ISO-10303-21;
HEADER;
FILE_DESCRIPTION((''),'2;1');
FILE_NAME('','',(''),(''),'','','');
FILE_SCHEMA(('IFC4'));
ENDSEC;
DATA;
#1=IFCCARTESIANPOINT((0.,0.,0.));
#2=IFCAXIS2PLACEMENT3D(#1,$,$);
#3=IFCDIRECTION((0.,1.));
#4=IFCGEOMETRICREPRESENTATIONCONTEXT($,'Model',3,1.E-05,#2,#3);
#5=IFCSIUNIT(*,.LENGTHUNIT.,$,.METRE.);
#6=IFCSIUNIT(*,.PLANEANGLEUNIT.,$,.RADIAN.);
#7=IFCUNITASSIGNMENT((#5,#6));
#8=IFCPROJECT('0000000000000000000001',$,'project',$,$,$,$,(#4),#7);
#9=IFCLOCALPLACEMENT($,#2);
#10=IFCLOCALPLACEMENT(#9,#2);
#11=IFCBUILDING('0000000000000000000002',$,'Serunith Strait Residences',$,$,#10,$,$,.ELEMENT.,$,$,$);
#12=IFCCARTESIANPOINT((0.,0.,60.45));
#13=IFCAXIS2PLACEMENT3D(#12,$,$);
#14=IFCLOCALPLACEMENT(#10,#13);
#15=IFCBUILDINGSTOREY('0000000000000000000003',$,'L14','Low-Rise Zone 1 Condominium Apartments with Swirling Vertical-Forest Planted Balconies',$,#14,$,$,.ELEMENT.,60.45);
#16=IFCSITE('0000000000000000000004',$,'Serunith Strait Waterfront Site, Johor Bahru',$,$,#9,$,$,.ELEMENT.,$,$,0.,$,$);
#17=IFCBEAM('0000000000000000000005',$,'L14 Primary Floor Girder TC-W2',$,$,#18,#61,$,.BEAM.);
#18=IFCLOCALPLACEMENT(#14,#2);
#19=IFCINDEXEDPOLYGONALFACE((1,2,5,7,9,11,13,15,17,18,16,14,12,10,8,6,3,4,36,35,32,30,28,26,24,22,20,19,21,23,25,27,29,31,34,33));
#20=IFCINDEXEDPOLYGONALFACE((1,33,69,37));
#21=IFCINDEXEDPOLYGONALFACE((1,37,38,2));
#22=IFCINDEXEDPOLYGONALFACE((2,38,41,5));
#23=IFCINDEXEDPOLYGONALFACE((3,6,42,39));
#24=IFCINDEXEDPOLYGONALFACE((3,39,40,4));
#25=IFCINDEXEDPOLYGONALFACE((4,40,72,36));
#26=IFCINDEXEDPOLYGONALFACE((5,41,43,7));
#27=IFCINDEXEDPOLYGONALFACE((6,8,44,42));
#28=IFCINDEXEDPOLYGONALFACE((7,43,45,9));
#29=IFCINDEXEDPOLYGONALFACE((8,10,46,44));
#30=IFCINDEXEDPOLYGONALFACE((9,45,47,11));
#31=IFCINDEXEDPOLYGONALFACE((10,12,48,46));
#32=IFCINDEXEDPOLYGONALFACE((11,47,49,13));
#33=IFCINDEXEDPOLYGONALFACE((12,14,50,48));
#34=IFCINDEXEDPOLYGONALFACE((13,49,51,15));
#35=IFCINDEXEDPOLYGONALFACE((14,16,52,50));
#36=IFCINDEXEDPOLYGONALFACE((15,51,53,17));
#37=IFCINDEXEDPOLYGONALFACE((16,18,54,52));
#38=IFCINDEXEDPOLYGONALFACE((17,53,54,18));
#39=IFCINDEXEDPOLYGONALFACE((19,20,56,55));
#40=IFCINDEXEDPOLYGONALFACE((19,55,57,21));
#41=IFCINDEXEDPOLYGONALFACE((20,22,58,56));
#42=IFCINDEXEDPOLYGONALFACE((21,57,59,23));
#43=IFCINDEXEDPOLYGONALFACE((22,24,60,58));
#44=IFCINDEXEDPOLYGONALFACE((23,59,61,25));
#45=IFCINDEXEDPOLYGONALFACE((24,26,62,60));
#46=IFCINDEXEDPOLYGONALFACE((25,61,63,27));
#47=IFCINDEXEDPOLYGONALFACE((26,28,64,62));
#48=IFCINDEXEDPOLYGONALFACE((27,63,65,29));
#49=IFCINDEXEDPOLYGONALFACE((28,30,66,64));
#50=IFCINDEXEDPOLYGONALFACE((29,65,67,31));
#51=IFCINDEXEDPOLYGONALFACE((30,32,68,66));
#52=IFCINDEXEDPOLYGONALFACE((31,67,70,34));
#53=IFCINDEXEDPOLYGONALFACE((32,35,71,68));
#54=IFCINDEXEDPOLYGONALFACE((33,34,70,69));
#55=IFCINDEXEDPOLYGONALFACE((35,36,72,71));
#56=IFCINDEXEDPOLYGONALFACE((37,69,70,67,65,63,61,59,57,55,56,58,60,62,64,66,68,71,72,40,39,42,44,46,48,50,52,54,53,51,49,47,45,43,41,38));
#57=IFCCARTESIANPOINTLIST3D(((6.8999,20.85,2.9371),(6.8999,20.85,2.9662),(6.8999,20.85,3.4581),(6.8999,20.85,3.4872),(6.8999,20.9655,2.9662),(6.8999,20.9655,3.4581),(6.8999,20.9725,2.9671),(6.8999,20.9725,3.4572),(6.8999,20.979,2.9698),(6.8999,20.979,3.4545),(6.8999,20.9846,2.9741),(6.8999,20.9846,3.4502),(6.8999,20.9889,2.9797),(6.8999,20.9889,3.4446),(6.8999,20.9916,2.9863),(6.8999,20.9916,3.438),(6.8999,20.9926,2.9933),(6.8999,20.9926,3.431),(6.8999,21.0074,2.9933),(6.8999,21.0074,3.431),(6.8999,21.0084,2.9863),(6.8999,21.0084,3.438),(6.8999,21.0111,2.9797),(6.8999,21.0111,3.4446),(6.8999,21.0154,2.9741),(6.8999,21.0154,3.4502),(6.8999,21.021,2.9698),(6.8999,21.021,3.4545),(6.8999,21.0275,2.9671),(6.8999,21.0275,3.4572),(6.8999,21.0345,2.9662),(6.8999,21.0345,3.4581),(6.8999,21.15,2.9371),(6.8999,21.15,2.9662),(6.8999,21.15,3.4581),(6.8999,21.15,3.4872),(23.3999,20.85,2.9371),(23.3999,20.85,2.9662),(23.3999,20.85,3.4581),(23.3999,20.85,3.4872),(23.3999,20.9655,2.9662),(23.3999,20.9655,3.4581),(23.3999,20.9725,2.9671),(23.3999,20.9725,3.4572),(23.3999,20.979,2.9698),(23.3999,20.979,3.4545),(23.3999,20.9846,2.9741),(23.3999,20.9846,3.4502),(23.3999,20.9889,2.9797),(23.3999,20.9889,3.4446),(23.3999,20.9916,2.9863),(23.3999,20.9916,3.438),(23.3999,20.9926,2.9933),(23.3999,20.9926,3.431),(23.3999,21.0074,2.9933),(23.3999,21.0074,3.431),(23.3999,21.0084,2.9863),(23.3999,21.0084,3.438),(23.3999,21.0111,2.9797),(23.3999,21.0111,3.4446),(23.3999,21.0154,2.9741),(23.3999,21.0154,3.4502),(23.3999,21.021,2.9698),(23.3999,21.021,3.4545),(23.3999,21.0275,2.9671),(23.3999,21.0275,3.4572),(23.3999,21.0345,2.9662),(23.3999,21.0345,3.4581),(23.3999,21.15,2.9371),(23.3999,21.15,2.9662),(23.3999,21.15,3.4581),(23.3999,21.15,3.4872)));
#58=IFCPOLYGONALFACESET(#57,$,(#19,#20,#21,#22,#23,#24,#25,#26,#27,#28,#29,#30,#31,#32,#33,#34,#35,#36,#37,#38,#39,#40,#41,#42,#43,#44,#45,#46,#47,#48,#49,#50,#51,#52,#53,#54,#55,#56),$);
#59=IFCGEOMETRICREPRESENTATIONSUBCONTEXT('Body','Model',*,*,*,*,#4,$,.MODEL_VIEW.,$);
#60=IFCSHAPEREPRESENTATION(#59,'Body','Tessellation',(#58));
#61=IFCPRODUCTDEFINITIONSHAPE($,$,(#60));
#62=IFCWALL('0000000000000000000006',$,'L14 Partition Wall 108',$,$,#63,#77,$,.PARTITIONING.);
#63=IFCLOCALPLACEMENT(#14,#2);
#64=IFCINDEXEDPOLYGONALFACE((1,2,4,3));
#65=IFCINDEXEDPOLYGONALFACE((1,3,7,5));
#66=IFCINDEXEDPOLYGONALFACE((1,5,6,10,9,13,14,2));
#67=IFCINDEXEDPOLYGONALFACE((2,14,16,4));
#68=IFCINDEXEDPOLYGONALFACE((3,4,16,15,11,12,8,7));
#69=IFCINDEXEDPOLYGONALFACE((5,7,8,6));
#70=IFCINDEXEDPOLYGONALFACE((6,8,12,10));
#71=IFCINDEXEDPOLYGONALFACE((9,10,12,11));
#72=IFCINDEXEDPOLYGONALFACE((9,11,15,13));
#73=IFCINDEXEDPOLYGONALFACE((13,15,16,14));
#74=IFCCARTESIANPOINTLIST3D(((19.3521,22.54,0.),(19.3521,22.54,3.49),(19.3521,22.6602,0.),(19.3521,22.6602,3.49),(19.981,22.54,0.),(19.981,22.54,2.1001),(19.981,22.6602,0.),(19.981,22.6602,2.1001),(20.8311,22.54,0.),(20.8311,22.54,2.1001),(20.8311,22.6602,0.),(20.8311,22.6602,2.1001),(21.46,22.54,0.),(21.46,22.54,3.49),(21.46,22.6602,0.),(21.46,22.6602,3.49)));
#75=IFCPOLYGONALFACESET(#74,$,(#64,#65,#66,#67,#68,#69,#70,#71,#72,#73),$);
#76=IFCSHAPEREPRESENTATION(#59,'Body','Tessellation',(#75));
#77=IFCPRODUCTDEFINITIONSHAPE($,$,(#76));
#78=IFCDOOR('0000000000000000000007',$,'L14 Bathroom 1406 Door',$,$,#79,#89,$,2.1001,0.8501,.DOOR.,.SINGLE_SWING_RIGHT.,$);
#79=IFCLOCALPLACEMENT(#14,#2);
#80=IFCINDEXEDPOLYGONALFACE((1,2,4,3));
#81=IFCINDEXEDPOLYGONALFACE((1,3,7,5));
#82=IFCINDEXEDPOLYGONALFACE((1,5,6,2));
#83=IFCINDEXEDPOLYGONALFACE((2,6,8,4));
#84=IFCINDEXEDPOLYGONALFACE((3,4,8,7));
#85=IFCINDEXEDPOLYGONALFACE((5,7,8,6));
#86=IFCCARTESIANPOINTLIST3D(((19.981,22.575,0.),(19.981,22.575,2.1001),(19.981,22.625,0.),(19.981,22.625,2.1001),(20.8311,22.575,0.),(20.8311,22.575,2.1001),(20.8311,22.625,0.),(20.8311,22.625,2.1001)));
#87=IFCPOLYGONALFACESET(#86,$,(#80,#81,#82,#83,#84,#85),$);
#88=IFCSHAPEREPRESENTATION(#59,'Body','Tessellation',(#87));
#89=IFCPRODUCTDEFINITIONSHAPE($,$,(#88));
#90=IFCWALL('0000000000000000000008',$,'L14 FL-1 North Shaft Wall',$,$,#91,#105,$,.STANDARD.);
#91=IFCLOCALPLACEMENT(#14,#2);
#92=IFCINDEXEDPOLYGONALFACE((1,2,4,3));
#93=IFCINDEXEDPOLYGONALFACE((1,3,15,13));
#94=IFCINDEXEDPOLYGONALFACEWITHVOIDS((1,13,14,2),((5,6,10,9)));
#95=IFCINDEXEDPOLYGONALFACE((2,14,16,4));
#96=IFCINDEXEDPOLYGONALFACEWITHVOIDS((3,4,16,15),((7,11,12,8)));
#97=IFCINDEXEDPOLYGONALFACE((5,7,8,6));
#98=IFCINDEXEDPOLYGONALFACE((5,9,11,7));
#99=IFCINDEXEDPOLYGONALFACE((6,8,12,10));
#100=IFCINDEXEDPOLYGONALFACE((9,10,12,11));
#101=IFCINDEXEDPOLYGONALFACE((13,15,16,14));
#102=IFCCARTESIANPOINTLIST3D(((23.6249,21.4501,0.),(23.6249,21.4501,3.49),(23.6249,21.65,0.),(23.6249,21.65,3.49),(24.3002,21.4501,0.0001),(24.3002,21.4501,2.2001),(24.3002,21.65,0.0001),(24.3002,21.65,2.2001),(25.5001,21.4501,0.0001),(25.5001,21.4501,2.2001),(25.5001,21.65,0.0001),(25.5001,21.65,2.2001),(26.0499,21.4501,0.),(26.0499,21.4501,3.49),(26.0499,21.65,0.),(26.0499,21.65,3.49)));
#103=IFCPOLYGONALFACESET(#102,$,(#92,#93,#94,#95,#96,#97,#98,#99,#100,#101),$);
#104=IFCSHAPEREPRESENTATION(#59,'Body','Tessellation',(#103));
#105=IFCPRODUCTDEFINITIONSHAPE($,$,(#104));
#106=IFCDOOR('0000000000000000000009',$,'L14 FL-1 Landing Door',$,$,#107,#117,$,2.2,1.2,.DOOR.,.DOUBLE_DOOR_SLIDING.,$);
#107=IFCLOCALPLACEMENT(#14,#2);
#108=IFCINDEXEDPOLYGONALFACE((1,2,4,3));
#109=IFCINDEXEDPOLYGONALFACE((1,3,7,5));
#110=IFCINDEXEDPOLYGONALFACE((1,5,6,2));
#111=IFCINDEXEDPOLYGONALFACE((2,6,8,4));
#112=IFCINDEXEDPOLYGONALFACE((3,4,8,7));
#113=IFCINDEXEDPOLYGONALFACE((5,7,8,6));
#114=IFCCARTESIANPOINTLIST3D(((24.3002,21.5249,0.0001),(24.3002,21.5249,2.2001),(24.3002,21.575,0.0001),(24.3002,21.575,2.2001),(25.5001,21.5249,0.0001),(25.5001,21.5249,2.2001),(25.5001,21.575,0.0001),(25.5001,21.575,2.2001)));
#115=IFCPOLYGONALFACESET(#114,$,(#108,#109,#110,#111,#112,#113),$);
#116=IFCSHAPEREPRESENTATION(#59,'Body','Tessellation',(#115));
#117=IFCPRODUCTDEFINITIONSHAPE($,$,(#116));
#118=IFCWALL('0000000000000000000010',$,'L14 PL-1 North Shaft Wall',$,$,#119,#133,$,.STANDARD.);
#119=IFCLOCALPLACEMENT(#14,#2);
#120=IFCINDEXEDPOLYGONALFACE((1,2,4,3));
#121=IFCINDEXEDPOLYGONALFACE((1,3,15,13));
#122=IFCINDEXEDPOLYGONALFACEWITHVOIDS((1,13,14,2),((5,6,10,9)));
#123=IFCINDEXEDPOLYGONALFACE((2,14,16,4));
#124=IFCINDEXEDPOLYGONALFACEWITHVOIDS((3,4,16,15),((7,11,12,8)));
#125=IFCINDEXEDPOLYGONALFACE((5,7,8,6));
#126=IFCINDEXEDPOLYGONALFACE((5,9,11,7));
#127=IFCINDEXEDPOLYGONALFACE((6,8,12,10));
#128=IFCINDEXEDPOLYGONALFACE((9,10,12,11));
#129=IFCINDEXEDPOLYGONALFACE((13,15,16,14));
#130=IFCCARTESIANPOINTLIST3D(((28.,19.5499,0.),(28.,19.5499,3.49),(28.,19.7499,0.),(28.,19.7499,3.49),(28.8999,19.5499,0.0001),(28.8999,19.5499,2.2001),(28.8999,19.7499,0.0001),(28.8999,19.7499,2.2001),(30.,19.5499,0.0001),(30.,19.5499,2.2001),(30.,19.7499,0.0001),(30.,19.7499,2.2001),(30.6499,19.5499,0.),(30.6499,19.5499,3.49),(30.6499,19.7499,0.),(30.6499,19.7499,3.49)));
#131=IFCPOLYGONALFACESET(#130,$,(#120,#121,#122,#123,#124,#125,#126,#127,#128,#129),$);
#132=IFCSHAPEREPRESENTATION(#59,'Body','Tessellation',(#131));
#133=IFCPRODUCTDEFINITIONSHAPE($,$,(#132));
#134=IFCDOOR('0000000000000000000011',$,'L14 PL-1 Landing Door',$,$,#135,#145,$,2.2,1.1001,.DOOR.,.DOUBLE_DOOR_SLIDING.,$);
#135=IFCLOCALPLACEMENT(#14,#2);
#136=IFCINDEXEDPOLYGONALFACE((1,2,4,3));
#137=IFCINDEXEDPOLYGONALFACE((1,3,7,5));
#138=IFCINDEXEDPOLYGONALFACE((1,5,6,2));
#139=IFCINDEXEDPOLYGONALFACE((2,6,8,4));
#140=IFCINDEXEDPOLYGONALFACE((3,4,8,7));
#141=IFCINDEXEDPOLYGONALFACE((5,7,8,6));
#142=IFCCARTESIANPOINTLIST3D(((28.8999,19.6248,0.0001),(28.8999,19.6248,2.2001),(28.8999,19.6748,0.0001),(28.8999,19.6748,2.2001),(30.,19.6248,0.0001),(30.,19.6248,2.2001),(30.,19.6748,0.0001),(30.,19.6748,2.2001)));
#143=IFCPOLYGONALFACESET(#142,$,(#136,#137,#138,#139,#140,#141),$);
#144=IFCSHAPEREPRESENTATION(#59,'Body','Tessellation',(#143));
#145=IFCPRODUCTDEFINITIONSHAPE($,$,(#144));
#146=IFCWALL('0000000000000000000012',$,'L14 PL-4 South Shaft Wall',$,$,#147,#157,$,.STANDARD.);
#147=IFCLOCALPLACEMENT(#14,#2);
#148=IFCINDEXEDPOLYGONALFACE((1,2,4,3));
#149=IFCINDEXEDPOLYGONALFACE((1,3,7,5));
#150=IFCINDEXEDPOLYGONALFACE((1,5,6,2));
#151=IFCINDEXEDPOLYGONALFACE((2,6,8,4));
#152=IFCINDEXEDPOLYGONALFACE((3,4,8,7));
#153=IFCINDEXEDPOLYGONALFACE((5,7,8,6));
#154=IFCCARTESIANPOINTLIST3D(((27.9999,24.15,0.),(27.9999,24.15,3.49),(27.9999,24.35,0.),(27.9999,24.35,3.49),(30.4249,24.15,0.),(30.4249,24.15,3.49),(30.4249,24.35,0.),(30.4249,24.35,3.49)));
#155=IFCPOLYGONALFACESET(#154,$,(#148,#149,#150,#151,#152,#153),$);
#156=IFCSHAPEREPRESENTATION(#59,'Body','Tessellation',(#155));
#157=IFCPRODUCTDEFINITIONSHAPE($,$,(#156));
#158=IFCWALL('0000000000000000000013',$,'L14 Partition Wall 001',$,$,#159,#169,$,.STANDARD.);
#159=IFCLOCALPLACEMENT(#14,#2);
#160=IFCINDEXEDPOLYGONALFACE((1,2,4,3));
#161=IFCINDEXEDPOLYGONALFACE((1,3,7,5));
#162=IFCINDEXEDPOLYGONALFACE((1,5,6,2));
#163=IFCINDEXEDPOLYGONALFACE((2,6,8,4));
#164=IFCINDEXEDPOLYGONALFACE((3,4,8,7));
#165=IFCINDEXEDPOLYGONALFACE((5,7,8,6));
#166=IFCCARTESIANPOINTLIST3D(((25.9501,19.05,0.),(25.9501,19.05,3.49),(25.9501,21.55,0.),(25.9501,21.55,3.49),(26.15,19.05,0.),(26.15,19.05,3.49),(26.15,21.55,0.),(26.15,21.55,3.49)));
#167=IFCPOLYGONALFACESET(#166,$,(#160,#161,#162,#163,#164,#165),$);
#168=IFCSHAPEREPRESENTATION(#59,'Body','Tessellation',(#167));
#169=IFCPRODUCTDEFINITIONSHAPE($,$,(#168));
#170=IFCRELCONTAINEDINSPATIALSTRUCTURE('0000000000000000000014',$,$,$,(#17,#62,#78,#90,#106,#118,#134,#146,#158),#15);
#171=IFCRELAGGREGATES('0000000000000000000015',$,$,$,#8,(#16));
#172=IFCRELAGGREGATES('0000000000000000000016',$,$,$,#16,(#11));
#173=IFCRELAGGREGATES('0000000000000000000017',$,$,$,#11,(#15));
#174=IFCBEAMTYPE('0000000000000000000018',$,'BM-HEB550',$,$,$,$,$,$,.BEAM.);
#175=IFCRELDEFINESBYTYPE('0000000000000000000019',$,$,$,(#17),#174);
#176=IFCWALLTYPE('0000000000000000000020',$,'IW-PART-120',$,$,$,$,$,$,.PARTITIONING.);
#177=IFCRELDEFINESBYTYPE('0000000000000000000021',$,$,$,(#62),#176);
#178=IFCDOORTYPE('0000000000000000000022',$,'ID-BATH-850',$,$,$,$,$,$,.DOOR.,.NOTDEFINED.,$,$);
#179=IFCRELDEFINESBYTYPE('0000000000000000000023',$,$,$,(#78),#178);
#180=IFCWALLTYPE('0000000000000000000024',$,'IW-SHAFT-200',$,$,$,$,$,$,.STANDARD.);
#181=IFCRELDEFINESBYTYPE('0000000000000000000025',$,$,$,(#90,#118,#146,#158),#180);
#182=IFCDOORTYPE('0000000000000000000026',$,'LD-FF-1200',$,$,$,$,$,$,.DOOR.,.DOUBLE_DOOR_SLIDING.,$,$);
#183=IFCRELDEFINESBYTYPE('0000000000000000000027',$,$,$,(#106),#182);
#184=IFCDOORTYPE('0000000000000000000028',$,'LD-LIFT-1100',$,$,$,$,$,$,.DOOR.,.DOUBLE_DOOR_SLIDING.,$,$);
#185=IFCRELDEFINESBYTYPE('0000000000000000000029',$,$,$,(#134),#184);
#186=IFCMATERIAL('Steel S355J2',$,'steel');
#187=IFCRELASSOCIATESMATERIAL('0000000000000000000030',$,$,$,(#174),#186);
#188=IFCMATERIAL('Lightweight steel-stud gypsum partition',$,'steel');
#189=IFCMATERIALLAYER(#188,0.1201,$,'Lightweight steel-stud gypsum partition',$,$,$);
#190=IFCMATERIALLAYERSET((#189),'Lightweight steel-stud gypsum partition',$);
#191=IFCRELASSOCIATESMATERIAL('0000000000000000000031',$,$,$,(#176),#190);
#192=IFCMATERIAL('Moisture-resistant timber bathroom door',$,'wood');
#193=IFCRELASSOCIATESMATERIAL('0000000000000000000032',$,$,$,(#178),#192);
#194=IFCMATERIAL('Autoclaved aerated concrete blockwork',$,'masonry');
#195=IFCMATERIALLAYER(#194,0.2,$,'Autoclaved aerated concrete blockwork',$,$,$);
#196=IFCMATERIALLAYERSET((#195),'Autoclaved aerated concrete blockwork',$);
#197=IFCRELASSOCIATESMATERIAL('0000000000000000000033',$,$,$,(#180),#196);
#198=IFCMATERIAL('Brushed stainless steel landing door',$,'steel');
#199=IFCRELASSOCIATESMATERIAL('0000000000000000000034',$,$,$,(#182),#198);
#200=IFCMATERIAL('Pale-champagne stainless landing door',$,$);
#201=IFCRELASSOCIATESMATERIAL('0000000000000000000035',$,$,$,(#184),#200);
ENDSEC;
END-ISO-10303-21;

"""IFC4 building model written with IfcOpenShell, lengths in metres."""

from ifc_helpers import new_model, si_unit, direction, frame, frame_2d, origin, origin_2d, place, context, subcontext, project, spatial, rectangle, i_section, extrude, source, transform, mapped, material, layer, layer_set, material_profile, profile_set, type_object, element, fill, save


model = new_model("IFC4")

# Units and contexts
model_context = context("Model", 3, precision=1e-05, world=origin(), true_north=direction((0.0, 1.0)))
body_context = subcontext(model_context, "Body", "Model", "MODEL_VIEW")
ifc_project = project(units=[si_unit("LENGTHUNIT", "METRE"), si_unit("PLANEANGLEUNIT", "RADIAN")], contexts=[model_context])

# Site, building, storey
site_placement = place(None, origin())
site = spatial("IfcSite", under=ifc_project, at=site_placement, Name="Serunith Strait Waterfront Site, Johor Bahru", CompositionType="ELEMENT", RefElevation=0.0)
building_placement = place(site_placement, origin())
building = spatial("IfcBuilding", under=site, at=building_placement, Name="Serunith Strait Residences", CompositionType="ELEMENT")
storey_placement = place(building_placement, frame((0.0, 0.0, 60.45)))
storey = spatial("IfcBuildingStorey", under=building, at=storey_placement, Name="L14", Description="Low-Rise Zone 1 Condominium Apartments with Swirling Vertical-Forest Planted Balconies", CompositionType="ELEMENT", Elevation=60.45)

# Beam
ifc_material_1 = material(Name="Steel S355J2", Category="steel")
ifc_material_profile = material_profile(ifc_material_1, i_section(OverallWidth=0.3, OverallDepth=0.55, WebThickness=0.0149, FlangeThickness=0.0291, FilletRadius=0.0271, at=origin_2d()), Name="HEB 550")
ifc_profile_set = profile_set([ifc_material_profile], Name="Steel S355J2")
beam_type = type_object("IfcBeamType", Name="BM-HEB550", PredefinedType="BEAM", material=ifc_profile_set)
shared_shape_1 = source(origin(), body_context, "Body", "SweptSolid", [
    extrude(i_section(OverallWidth=0.3, OverallDepth=0.55, WebThickness=0.0149, FlangeThickness=0.0291, FilletRadius=0.0271, at=origin_2d()), origin(), (0.0, 0.0, 1.0), 16.5),
])
beam_placement = place(storey_placement, frame((23.3999, 21.0, 3.2122), z_axis=(-1.0, 0.0, 0.0), x_axis=(0.0, -1.0, 0.0)))
element("IfcBeam", 1, at=beam_placement, inside=storey, type_object=beam_type, Name="L14 Primary Floor Girder TC-W2", PredefinedType="BEAM", context=body_context, shape_type="MappedRepresentation", body=[
    mapped(shared_shape_1, transform((0.0, 0.0, 0.0), scale=1.0)),
])

# Walls, openings, doors
ifc_material_2 = material(Name="Lightweight steel-stud gypsum partition", Category="steel")
ifc_layer_1 = layer(ifc_material_2, 0.1201, Name="Lightweight steel-stud gypsum partition")
ifc_layer_set_1 = layer_set([ifc_layer_1], Name="Lightweight steel-stud gypsum partition")
wall_type_1 = type_object("IfcWallType", Name="IW-PART-120", PredefinedType="PARTITIONING", material=ifc_layer_set_1)
wall_1_placement = place(storey_placement, frame((19.3521, 22.6001, 0.0), z_axis=(0.0, 0.0, 1.0), x_axis=(1.0, 0.0, 0.0)))
wall_1 = element("IfcWall", 2, at=wall_1_placement, inside=storey, type_object=wall_type_1, Name="L14 Partition Wall 108", PredefinedType="PARTITIONING", context=body_context, shape_type="SweptSolid", body=[
    extrude(rectangle(XDim=2.1079, YDim=0.1201, at=frame_2d((1.054, 0.0))), origin(), (0.0, 0.0, 1.0), 3.49),
])
opening_1_placement = place(wall_1_placement, frame((0.6289, 0.0, 0.0)))
opening_1 = element("IfcOpeningElement", 3, at=opening_1_placement, cuts=wall_1, PredefinedType="OPENING", context=body_context, shape_type="SweptSolid", body=[
    extrude(rectangle(XDim=0.8501, YDim=2.1001, at=frame_2d((0.425, 1.05))), frame((0.0, 0.0701, 0.0), z_axis=(0.0, -1.0, 0.0), x_axis=(1.0, 0.0, 0.0)), (0.0, 0.0, 1.0), 0.1401),
])
ifc_material_3 = material(Name="Moisture-resistant timber bathroom door", Category="wood")
door_type_1 = type_object("IfcDoorType", Name="ID-BATH-850", OperationType="NOTDEFINED", PredefinedType="DOOR", material=ifc_material_3)
shared_shape_2 = source(origin(), body_context, "Body", "SweptSolid", [
    extrude(rectangle(XDim=0.8501, YDim=2.1001, at=frame_2d((0.425, 1.05))), frame((0.0, 0.0249, 0.0), z_axis=(0.0, -1.0, 0.0), x_axis=(1.0, 0.0, 0.0)), (0.0, 0.0, 1.0), 0.05),
])
door_1_placement = place(opening_1_placement, origin())
door_1 = element("IfcDoor", 4, at=door_1_placement, inside=storey, type_object=door_type_1, Name="L14 Bathroom 1406 Door", OperationType="SINGLE_SWING_RIGHT", OverallHeight=2.1001, OverallWidth=0.8501, PredefinedType="DOOR", context=body_context, shape_type="MappedRepresentation", body=[
    mapped(shared_shape_2, transform((0.0, 0.0, 0.0), scale=1.0)),
])
fill(opening_1, door_1)
ifc_material_4 = material(Name="Autoclaved aerated concrete blockwork", Category="masonry")
ifc_layer_2 = layer(ifc_material_4, 0.2, Name="Autoclaved aerated concrete blockwork")
ifc_layer_set_2 = layer_set([ifc_layer_2], Name="Autoclaved aerated concrete blockwork")
wall_type_2 = type_object("IfcWallType", Name="IW-SHAFT-200", PredefinedType="STANDARD", material=ifc_layer_set_2)
wall_2_placement = place(storey_placement, frame((23.625, 21.55, 0.0), z_axis=(0.0, 0.0, 1.0), x_axis=(1.0, 0.0, 0.0)))
wall_2 = element("IfcWall", 5, at=wall_2_placement, inside=storey, type_object=wall_type_2, Name="L14 FL-1 North Shaft Wall", PredefinedType="STANDARD", context=body_context, shape_type="SweptSolid", body=[
    extrude(rectangle(XDim=2.425, YDim=0.2, at=frame_2d((1.2124, 0.0))), origin(), (0.0, 0.0, 1.0), 3.49),
])
opening_2_placement = place(wall_2_placement, frame((0.675, 0.0, 0.0)))
opening_2 = element("IfcOpeningElement", 6, at=opening_2_placement, cuts=wall_2, PredefinedType="OPENING", context=body_context, shape_type="SweptSolid", body=[
    extrude(rectangle(XDim=1.2, YDim=2.2, at=frame_2d((0.6001, 1.1001))), frame((0.0, 0.1099, 0.0), z_axis=(0.0, -1.0, 0.0), x_axis=(1.0, 0.0, 0.0)), (0.0, 0.0, 1.0), 0.22),
])
ifc_material_5 = material(Name="Brushed stainless steel landing door", Category="steel")
door_type_2 = type_object("IfcDoorType", Name="LD-FF-1200", OperationType="DOUBLE_DOOR_SLIDING", PredefinedType="DOOR", material=ifc_material_5)
shared_shape_3 = source(origin(), body_context, "Body", "SweptSolid", [
    extrude(rectangle(XDim=1.2, YDim=2.2, at=frame_2d((0.6001, 1.1001))), frame((0.0, 0.0249, 0.0), z_axis=(0.0, -1.0, 0.0), x_axis=(1.0, 0.0, 0.0)), (0.0, 0.0, 1.0), 0.05),
])
door_2_placement = place(opening_2_placement, origin())
door_2 = element("IfcDoor", 7, at=door_2_placement, inside=storey, type_object=door_type_2, Name="L14 FL-1 Landing Door", OperationType="DOUBLE_DOOR_SLIDING", OverallHeight=2.2, OverallWidth=1.2, PredefinedType="DOOR", context=body_context, shape_type="MappedRepresentation", body=[
    mapped(shared_shape_3, transform((0.0, 0.0, 0.0), scale=1.0)),
])
fill(opening_2, door_2)
wall_3_placement = place(storey_placement, frame((28.0, 19.6499, 0.0), z_axis=(0.0, 0.0, 1.0), x_axis=(1.0, 0.0, 0.0)))
wall_3 = element("IfcWall", 8, at=wall_3_placement, inside=storey, type_object=wall_type_2, Name="L14 PL-1 North Shaft Wall", PredefinedType="STANDARD", context=body_context, shape_type="SweptSolid", body=[
    extrude(rectangle(XDim=2.6499, YDim=0.2, at=frame_2d((1.325, 0.0))), origin(), (0.0, 0.0, 1.0), 3.49),
])
opening_3_placement = place(wall_3_placement, frame((0.8999, 0.0, 0.0)))
opening_3 = element("IfcOpeningElement", 9, at=opening_3_placement, cuts=wall_3, PredefinedType="OPENING", context=body_context, shape_type="SweptSolid", body=[
    extrude(rectangle(XDim=1.1001, YDim=2.2, at=frame_2d((0.55, 1.1001))), frame((0.0, 0.1099, 0.0), z_axis=(0.0, -1.0, 0.0), x_axis=(1.0, 0.0, 0.0)), (0.0, 0.0, 1.0), 0.22),
])
ifc_material_6 = material(Name="Pale-champagne stainless landing door")
door_type_3 = type_object("IfcDoorType", Name="LD-LIFT-1100", OperationType="DOUBLE_DOOR_SLIDING", PredefinedType="DOOR", material=ifc_material_6)
shared_shape_4 = source(origin(), body_context, "Body", "SweptSolid", [
    extrude(rectangle(XDim=1.1001, YDim=2.2, at=frame_2d((0.55, 1.1001))), frame((0.0, 0.0249, 0.0), z_axis=(0.0, -1.0, 0.0), x_axis=(1.0, 0.0, 0.0)), (0.0, 0.0, 1.0), 0.05),
])
door_3_placement = place(opening_3_placement, origin())
door_3 = element("IfcDoor", 10, at=door_3_placement, inside=storey, type_object=door_type_3, Name="L14 PL-1 Landing Door", OperationType="DOUBLE_DOOR_SLIDING", OverallHeight=2.2, OverallWidth=1.1001, PredefinedType="DOOR", context=body_context, shape_type="MappedRepresentation", body=[
    mapped(shared_shape_4, transform((0.0, 0.0, 0.0), scale=1.0)),
])
fill(opening_3, door_3)

# Walls
wall_4_placement = place(storey_placement, frame((28.0, 24.25, 0.0), z_axis=(0.0, 0.0, 1.0), x_axis=(1.0, 0.0, 0.0)))
element("IfcWall", 11, at=wall_4_placement, inside=storey, type_object=wall_type_2, Name="L14 PL-4 South Shaft Wall", PredefinedType="STANDARD", context=body_context, shape_type="SweptSolid", body=[
    extrude(rectangle(XDim=2.425, YDim=0.2, at=frame_2d((1.2124, 0.0))), origin(), (0.0, 0.0, 1.0), 3.49),
])
wall_5_placement = place(storey_placement, frame((26.05, 19.05, 0.0), z_axis=(0.0, 0.0, 1.0), x_axis=(0.0, 1.0, 0.0)))
element("IfcWall", 12, at=wall_5_placement, inside=storey, type_object=wall_type_2, Name="L14 Partition Wall 001", PredefinedType="STANDARD", context=body_context, shape_type="SweptSolid", body=[
    extrude(rectangle(XDim=2.5, YDim=0.2, at=frame_2d((1.25, 0.0))), origin(), (0.0, 0.0, 1.0), 3.49),
])

save(model, "model.ifc")
